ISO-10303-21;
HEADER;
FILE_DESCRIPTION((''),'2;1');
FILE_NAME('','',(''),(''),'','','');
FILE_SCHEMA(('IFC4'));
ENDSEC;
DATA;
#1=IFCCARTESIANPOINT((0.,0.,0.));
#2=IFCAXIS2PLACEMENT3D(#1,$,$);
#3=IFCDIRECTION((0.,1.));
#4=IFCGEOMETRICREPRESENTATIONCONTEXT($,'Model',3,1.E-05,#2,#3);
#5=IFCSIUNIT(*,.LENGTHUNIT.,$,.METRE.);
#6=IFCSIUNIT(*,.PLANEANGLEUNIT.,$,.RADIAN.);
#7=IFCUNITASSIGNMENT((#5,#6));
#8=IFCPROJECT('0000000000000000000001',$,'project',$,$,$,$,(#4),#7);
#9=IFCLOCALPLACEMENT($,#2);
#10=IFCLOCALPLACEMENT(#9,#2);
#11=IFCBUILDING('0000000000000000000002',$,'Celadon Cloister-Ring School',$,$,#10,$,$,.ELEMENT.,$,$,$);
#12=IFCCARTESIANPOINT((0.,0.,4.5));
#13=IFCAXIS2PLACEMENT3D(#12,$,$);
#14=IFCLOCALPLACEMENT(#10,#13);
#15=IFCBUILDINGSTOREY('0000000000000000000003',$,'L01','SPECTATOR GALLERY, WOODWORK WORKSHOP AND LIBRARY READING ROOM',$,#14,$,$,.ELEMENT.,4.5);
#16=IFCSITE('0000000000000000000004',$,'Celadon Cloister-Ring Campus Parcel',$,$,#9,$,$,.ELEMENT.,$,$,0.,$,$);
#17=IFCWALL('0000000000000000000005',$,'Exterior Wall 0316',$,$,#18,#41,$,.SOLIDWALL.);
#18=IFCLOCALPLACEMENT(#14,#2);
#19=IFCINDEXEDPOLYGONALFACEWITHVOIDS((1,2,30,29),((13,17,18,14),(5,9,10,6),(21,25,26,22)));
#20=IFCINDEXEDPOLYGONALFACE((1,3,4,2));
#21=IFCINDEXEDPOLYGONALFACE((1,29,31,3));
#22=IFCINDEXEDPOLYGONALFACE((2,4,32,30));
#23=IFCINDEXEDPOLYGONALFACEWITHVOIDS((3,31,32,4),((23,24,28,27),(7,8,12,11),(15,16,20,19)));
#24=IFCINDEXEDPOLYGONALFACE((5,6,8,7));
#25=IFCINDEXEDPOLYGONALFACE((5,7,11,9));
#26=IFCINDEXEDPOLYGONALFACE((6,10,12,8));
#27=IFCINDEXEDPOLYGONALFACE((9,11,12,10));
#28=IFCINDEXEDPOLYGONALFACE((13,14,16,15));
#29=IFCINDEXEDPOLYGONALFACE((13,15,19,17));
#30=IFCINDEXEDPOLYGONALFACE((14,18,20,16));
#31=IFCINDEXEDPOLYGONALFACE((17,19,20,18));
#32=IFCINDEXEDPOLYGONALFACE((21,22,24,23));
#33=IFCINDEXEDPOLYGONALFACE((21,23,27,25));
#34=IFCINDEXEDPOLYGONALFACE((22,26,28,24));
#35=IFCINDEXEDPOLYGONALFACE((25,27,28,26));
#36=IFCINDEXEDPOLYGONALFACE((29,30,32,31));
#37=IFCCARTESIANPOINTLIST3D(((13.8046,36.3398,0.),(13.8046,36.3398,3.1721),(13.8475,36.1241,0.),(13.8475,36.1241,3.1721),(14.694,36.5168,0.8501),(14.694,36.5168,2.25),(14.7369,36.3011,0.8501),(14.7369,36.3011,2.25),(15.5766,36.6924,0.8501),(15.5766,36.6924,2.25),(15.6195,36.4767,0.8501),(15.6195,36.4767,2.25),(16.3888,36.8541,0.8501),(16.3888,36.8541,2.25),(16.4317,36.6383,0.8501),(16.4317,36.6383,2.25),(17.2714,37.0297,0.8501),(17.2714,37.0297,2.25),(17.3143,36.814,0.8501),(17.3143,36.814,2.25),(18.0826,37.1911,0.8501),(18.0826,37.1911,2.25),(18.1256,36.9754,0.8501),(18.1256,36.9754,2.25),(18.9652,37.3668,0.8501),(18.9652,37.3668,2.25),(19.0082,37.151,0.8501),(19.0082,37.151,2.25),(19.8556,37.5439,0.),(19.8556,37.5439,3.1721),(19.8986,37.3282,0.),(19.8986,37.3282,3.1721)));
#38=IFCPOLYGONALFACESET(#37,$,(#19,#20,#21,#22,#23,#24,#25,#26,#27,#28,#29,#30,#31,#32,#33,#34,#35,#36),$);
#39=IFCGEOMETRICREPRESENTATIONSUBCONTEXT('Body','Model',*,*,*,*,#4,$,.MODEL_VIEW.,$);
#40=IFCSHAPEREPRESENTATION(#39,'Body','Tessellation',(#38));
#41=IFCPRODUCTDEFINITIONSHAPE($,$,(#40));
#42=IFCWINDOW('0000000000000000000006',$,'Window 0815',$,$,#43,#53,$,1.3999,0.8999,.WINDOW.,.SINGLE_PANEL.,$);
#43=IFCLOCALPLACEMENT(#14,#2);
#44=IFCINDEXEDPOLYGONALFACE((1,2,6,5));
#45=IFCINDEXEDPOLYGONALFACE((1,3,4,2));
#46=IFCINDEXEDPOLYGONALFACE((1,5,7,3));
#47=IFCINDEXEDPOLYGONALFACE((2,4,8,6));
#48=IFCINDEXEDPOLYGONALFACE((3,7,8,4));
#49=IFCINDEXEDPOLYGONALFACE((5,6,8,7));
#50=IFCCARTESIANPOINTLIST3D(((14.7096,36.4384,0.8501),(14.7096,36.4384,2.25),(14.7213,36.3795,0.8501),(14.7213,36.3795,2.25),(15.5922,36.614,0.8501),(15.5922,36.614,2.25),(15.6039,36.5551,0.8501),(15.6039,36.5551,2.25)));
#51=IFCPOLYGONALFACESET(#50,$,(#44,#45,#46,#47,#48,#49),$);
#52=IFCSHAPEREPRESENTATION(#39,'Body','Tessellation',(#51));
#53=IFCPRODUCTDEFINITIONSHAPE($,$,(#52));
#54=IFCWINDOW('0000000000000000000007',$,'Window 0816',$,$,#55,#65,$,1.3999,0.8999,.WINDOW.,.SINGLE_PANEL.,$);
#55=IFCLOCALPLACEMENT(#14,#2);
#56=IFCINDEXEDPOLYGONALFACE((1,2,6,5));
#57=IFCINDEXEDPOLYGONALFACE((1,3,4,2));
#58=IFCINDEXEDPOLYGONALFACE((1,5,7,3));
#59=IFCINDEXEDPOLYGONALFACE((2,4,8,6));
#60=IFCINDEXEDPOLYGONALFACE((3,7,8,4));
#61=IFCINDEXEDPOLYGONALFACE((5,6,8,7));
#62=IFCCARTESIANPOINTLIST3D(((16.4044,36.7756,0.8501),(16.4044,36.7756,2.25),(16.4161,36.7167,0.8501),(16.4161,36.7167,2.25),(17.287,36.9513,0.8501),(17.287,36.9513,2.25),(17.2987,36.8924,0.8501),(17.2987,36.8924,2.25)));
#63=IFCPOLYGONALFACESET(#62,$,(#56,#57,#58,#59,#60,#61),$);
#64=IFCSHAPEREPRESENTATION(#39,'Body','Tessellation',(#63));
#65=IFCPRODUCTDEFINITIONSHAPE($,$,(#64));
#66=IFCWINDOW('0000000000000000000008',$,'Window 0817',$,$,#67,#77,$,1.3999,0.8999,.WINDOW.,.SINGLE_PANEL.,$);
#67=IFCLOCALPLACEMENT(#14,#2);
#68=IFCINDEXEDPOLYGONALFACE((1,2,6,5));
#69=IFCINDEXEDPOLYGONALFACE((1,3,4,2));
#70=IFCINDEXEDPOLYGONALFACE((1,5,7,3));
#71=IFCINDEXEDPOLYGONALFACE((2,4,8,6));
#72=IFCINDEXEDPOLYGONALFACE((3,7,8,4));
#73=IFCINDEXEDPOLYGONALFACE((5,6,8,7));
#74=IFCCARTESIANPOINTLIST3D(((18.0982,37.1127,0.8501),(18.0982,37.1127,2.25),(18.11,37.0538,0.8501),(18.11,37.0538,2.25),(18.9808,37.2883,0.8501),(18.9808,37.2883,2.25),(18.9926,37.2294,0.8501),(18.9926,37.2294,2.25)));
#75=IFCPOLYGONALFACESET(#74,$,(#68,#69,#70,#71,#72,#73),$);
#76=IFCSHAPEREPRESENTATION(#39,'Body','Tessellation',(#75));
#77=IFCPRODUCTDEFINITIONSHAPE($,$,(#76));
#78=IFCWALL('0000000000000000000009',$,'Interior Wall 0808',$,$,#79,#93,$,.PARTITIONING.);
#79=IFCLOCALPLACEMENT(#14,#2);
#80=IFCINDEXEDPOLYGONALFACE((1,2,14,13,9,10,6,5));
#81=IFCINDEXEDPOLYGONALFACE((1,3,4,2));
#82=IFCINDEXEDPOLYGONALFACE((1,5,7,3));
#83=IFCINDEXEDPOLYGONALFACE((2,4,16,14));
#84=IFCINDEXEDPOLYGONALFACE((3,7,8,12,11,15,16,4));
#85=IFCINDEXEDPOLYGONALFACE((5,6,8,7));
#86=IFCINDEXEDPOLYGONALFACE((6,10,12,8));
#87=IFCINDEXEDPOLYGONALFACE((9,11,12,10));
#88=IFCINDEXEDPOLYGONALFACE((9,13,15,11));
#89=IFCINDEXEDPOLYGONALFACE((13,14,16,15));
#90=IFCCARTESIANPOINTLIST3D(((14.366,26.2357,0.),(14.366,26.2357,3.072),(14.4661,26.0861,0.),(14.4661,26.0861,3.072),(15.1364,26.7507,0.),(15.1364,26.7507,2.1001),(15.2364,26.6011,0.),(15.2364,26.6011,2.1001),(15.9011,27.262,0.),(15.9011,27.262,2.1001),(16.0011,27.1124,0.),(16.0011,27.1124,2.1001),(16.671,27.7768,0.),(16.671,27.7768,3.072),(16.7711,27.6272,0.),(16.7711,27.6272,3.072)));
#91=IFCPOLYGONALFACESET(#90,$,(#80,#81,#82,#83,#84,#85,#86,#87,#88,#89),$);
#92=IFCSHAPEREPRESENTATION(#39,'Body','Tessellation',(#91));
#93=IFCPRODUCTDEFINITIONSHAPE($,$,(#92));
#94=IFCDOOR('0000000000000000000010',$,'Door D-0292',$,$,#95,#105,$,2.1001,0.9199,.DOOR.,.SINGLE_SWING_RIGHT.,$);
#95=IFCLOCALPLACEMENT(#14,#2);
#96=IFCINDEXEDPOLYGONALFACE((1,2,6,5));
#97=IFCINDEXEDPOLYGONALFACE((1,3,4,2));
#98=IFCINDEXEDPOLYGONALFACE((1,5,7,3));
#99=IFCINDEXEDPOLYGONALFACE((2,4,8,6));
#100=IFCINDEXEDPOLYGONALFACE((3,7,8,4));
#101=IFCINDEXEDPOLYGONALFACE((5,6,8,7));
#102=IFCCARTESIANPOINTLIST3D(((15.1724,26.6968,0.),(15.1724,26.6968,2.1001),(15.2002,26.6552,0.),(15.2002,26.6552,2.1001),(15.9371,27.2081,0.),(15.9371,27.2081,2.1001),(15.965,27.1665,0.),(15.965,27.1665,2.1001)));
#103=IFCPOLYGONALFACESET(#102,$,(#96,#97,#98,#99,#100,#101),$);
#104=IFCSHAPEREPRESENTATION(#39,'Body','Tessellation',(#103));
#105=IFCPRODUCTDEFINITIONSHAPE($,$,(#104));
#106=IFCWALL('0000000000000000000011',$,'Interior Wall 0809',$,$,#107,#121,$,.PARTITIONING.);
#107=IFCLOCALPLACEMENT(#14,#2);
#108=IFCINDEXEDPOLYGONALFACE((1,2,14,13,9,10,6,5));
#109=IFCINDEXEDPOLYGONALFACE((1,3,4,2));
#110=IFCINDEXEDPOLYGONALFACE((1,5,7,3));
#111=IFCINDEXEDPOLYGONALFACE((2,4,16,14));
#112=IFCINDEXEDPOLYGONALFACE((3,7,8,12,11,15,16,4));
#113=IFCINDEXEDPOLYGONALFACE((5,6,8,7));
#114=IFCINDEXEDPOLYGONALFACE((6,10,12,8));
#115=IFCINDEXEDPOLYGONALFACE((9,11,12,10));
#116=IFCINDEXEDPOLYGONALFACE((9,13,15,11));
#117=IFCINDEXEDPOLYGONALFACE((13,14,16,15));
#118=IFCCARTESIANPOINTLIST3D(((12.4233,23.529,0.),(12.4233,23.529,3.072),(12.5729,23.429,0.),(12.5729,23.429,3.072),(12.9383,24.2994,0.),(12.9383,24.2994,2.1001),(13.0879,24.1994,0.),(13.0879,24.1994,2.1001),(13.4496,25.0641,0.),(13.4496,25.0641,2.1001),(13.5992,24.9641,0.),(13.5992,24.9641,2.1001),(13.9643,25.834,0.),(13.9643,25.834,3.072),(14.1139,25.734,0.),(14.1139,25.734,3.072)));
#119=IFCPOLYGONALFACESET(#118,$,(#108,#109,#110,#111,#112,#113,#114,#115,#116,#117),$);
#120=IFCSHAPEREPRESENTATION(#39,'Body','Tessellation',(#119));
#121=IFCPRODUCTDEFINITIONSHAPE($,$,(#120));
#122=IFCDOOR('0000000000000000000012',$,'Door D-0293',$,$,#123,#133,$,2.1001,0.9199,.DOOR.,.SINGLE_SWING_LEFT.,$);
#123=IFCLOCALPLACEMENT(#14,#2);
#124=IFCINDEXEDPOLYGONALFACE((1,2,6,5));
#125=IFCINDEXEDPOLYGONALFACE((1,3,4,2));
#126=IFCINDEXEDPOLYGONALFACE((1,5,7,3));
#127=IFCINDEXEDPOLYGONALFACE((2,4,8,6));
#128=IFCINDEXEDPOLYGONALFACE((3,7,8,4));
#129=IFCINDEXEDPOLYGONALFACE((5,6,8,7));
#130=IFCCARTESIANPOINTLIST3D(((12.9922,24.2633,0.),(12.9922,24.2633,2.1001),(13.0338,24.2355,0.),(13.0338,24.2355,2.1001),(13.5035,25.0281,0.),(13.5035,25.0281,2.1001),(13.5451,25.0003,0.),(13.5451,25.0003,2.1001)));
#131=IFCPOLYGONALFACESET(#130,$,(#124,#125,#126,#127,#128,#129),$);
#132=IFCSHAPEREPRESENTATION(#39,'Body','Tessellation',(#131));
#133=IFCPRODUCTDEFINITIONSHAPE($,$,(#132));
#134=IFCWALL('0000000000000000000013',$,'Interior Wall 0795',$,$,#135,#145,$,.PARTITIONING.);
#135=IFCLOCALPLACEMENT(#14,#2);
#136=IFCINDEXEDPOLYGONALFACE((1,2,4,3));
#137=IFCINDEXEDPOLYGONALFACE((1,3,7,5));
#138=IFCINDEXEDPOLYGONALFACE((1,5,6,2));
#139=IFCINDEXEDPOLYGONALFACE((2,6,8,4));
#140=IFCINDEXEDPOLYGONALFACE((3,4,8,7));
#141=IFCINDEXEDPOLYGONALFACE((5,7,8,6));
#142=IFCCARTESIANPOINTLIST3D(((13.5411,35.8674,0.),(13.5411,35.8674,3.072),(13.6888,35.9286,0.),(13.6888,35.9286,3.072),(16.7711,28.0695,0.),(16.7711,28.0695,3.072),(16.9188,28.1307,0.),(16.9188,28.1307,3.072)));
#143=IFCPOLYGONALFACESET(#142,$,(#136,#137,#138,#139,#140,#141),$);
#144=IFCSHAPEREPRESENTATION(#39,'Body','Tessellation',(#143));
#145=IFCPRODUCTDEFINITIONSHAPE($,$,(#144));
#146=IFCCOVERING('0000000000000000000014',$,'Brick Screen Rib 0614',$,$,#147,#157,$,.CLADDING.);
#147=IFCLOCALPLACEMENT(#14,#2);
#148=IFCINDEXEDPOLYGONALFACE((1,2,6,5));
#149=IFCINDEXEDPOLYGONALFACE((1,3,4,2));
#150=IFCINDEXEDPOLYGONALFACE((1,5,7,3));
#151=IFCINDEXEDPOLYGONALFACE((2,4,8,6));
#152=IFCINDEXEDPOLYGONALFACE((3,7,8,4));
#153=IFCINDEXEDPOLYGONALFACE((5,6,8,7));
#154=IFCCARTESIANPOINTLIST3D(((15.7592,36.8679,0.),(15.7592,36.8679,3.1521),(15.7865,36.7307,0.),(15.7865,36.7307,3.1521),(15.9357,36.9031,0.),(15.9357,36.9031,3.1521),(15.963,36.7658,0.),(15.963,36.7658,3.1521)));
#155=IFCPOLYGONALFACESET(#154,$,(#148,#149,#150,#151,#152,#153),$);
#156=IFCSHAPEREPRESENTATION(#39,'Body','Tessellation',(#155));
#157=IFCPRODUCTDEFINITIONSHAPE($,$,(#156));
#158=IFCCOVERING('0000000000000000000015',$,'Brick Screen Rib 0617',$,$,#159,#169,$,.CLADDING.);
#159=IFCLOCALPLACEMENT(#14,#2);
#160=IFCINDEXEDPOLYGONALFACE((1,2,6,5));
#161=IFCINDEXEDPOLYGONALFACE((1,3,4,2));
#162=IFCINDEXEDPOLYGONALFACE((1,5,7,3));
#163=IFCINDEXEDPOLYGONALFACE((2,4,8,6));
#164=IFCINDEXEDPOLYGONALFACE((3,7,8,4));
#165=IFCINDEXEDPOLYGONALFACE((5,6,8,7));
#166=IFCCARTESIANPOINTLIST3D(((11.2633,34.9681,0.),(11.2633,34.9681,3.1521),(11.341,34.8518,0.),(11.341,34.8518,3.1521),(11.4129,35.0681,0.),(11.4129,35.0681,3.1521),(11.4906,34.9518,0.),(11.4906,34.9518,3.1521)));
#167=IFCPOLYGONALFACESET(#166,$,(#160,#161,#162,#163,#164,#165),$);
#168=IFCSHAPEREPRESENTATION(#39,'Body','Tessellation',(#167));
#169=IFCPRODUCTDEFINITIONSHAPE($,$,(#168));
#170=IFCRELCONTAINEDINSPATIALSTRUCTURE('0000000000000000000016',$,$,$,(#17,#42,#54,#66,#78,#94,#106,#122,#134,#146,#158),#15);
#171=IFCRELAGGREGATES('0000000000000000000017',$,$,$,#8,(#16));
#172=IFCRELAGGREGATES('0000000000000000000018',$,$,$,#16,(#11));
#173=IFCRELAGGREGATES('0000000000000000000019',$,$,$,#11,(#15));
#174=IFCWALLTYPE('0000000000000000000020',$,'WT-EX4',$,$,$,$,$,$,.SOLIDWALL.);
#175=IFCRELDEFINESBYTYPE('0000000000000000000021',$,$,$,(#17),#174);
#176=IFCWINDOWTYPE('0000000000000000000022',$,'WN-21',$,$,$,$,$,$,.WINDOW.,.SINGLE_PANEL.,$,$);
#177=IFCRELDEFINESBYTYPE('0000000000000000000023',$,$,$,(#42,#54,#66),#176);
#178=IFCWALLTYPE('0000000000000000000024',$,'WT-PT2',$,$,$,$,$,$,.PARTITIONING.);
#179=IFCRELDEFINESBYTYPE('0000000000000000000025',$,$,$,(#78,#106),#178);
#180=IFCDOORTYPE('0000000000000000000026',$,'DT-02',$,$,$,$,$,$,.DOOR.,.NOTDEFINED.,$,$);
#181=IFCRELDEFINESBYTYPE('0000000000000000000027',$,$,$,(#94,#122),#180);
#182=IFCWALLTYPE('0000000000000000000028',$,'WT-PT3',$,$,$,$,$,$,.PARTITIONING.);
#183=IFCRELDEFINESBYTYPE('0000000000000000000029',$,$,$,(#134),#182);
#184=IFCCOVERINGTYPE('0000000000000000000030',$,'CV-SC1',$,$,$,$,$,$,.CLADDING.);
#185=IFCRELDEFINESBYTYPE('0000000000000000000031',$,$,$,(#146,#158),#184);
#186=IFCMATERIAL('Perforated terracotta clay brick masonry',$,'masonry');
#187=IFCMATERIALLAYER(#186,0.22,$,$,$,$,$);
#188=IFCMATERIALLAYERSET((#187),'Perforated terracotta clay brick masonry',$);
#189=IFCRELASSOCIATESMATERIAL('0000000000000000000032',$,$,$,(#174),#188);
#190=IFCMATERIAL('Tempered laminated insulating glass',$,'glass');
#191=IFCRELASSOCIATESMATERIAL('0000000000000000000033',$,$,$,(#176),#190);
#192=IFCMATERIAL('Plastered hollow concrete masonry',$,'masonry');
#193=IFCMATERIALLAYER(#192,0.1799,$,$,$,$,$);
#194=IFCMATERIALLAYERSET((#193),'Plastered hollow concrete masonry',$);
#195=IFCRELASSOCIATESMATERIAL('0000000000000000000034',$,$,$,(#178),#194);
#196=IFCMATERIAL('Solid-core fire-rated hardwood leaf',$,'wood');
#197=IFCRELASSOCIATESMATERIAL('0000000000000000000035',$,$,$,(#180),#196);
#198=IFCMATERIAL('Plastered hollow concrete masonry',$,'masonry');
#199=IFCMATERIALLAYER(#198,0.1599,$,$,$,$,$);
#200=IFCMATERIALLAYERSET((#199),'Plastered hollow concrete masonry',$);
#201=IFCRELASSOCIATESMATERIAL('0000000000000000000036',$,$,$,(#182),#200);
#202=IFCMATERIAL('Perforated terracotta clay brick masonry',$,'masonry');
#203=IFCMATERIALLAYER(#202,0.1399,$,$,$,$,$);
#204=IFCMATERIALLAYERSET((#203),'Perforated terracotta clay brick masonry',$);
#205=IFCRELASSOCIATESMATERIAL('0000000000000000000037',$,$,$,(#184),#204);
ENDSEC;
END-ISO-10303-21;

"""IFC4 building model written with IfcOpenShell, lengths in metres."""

from ifc_helpers import new_model, si_unit, direction, frame, frame_2d, origin, origin_2d, place, context, subcontext, project, spatial, rectangle, extrude, material, layer, layer_set, type_object, element, fill, save


model = new_model("IFC4")

# Units and contexts
model_context = context("Model", 3, precision=1e-05, world=origin(), true_north=direction((0.0, 1.0)))
body_context = subcontext(model_context, "Body", "Model", "MODEL_VIEW")
ifc_project = project(units=[si_unit("LENGTHUNIT", "METRE"), si_unit("PLANEANGLEUNIT", "RADIAN")], contexts=[model_context])

# Site, building, storey
site_placement = place(None, origin())
site = spatial("IfcSite", under=ifc_project, at=site_placement, Name="Celadon Cloister-Ring Campus Parcel", CompositionType="ELEMENT", RefElevation=0.0)
building_placement = place(site_placement, origin())
building = spatial("IfcBuilding", under=site, at=building_placement, Name="Celadon Cloister-Ring School", CompositionType="ELEMENT")
storey_placement = place(building_placement, frame((0.0, 0.0, 4.5)))
storey = spatial("IfcBuildingStorey", under=building, at=storey_placement, Name="L01", Description="SPECTATOR GALLERY, WOODWORK WORKSHOP AND LIBRARY READING ROOM", CompositionType="ELEMENT", Elevation=4.5)

# Wall, openings, windows
ifc_material_1 = material(Name="Perforated terracotta clay brick masonry", Category="masonry")
ifc_layer_1 = layer(ifc_material_1, 0.22)
ifc_layer_set_1 = layer_set([ifc_layer_1], Name="Perforated terracotta clay brick masonry")
wall_type_1 = type_object("IfcWallType", Name="WT-EX4", PredefinedType="SOLIDWALL", material=ifc_layer_set_1)
wall_1_placement = place(storey_placement, frame((13.8259, 36.2319, 0.0), z_axis=(0.0, 0.0, 1.0), x_axis=(0.98077, 0.195165, 0.0)))
wall_1 = element("IfcWall", 1, at=wall_1_placement, inside=storey, type_object=wall_type_1, Name="Exterior Wall 0316", PredefinedType="SOLIDWALL", context=body_context, shape_type="SweptSolid", body=[
    extrude(rectangle(XDim=6.1697, YDim=0.22, at=frame_2d((3.085, 0.0))), origin(), (0.0, 0.0, 1.0), 3.1721),
])
opening_1_placement = place(wall_1_placement, frame((0.907, 0.0, 0.8501)))
opening_1 = element("IfcOpeningElement", 2, at=opening_1_placement, cuts=wall_1, PredefinedType="OPENING", context=body_context, shape_type="SweptSolid", body=[
    extrude(rectangle(XDim=0.8999, YDim=1.3999, at=frame_2d((0.45, 0.7))), frame((0.0, 0.1201, 0.0), z_axis=(0.0, -1.0, 0.0), x_axis=(1.0, 0.0, 0.0)), (0.0, 0.0, 1.0), 0.24),
])
opening_2_placement = place(wall_1_placement, frame((2.635, 0.0, 0.8501)))
opening_2 = element("IfcOpeningElement", 3, at=opening_2_placement, cuts=wall_1, PredefinedType="OPENING", context=body_context, shape_type="SweptSolid", body=[
    extrude(rectangle(XDim=0.8999, YDim=1.3999, at=frame_2d((0.45, 0.7))), frame((0.0, 0.1201, 0.0), z_axis=(0.0, -1.0, 0.0), x_axis=(1.0, 0.0, 0.0)), (0.0, 0.0, 1.0), 0.24),
])
opening_3_placement = place(wall_1_placement, frame((4.3621, 0.0, 0.8501)))
opening_3 = element("IfcOpeningElement", 4, at=opening_3_placement, cuts=wall_1, PredefinedType="OPENING", context=body_context, shape_type="SweptSolid", body=[
    extrude(rectangle(XDim=0.8999, YDim=1.3999, at=frame_2d((0.45, 0.7))), frame((0.0, 0.1201, 0.0), z_axis=(0.0, -1.0, 0.0), x_axis=(1.0, 0.0, 0.0)), (0.0, 0.0, 1.0), 0.24),
])
ifc_material_2 = material(Name="Tempered laminated insulating glass", Category="glass")
window_type = type_object("IfcWindowType", Name="WN-21", PartitioningType="SINGLE_PANEL", PredefinedType="WINDOW", material=ifc_material_2)
window_1_placement = place(opening_1_placement, origin())
window_1 = element("IfcWindow", 5, at=window_1_placement, inside=storey, type_object=window_type, Name="Window 0815", OverallHeight=1.3999, OverallWidth=0.8999, PartitioningType="SINGLE_PANEL", PredefinedType="WINDOW", context=body_context, shape_type="SweptSolid", body=[
    extrude(rectangle(XDim=0.8999, YDim=1.3999, at=frame_2d((0.45, 0.7))), frame((0.0, 0.03, 0.0), z_axis=(0.0, -1.0, 0.0), x_axis=(1.0, 0.0, 0.0)), (0.0, 0.0, 1.0), 0.0601),
])
fill(opening_1, window_1)
window_2_placement = place(opening_2_placement, origin())
window_2 = element("IfcWindow", 6, at=window_2_placement, inside=storey, type_object=window_type, Name="Window 0816", OverallHeight=1.3999, OverallWidth=0.8999, PartitioningType="SINGLE_PANEL", PredefinedType="WINDOW", context=body_context, shape_type="SweptSolid", body=[
    extrude(rectangle(XDim=0.8999, YDim=1.3999, at=frame_2d((0.45, 0.7))), frame((0.0, 0.03, 0.0), z_axis=(0.0, -1.0, 0.0), x_axis=(1.0, 0.0, 0.0)), (0.0, 0.0, 1.0), 0.0601),
])
fill(opening_2, window_2)
window_3_placement = place(opening_3_placement, origin())
window_3 = element("IfcWindow", 7, at=window_3_placement, inside=storey, type_object=window_type, Name="Window 0817", OverallHeight=1.3999, OverallWidth=0.8999, PartitioningType="SINGLE_PANEL", PredefinedType="WINDOW", context=body_context, shape_type="SweptSolid", body=[
    extrude(rectangle(XDim=0.8999, YDim=1.3999, at=frame_2d((0.45, 0.7))), frame((0.0, 0.03, 0.0), z_axis=(0.0, -1.0, 0.0), x_axis=(1.0, 0.0, 0.0)), (0.0, 0.0, 1.0), 0.0601),
])
fill(opening_3, window_3)

# Walls, openings, doors
ifc_material_3 = material(Name="Plastered hollow concrete masonry", Category="masonry")
ifc_layer_2 = layer(ifc_material_3, 0.1799)
ifc_layer_set_2 = layer_set([ifc_layer_2], Name="Plastered hollow concrete masonry")
wall_type_2 = type_object("IfcWallType", Name="WT-PT2", PredefinedType="PARTITIONING", material=ifc_layer_set_2)
wall_2_placement = place(storey_placement, frame((16.7209, 27.7019, 0.0), z_axis=(0.0, 0.0, 1.0), x_axis=(-0.831318, -0.555797, 0.0)))
wall_2 = element("IfcWall", 8, at=wall_2_placement, inside=storey, type_object=wall_type_2, Name="Interior Wall 0808", PredefinedType="PARTITIONING", context=body_context, shape_type="SweptSolid", body=[
    extrude(rectangle(XDim=2.7727, YDim=0.1799, at=frame_2d((1.3862, 0.0))), origin(), (0.0, 0.0, 1.0), 3.072),
])
opening_4_placement = place(wall_2_placement, frame((0.926, 0.0, 0.0)))
opening_4 = element("IfcOpeningElement", 9, at=opening_4_placement, cuts=wall_2, PredefinedType="OPENING", context=body_context, shape_type="SweptSolid", body=[
    extrude(rectangle(XDim=0.9199, YDim=2.1001, at=frame_2d((0.46, 1.05))), frame((0.0, 0.1001, 0.0), z_axis=(0.0, -1.0, 0.0), x_axis=(1.0, 0.0, 0.0)), (0.0, 0.0, 1.0), 0.2),
])
ifc_material_4 = material(Name="Solid-core fire-rated hardwood leaf", Category="wood")
door_type = type_object("IfcDoorType", Name="DT-02", OperationType="NOTDEFINED", PredefinedType="DOOR", material=ifc_material_4)
door_1_placement = place(opening_4_placement, origin())
door_1 = element("IfcDoor", 10, at=door_1_placement, inside=storey, type_object=door_type, Name="Door D-0292", OperationType="SINGLE_SWING_RIGHT", OverallHeight=2.1001, OverallWidth=0.9199, PredefinedType="DOOR", context=body_context, shape_type="SweptSolid", body=[
    extrude(rectangle(XDim=0.9199, YDim=2.1001, at=frame_2d((0.46, 1.05))), frame((0.0, 0.0249, 0.0), z_axis=(0.0, -1.0, 0.0), x_axis=(1.0, 0.0, 0.0)), (0.0, 0.0, 1.0), 0.05),
])
fill(opening_4, door_1)
wall_3_placement = place(storey_placement, frame((14.0391, 25.7839, 0.0), z_axis=(0.0, 0.0, 1.0), x_axis=(-0.555797, -0.831318, 0.0)))
wall_3 = element("IfcWall", 11, at=wall_3_placement, inside=storey, type_object=wall_type_2, Name="Interior Wall 0809", PredefinedType="PARTITIONING", context=body_context, shape_type="SweptSolid", body=[
    extrude(rectangle(XDim=2.7727, YDim=0.1799, at=frame_2d((1.3862, 0.0))), origin(), (0.0, 0.0, 1.0), 3.072),
])
opening_5_placement = place(wall_3_placement, frame((0.926, 0.0, 0.0)))
opening_5 = element("IfcOpeningElement", 12, at=opening_5_placement, cuts=wall_3, PredefinedType="OPENING", context=body_context, shape_type="SweptSolid", body=[
    extrude(rectangle(XDim=0.9199, YDim=2.1001, at=frame_2d((0.46, 1.05))), frame((0.0, 0.1001, 0.0), z_axis=(0.0, -1.0, 0.0), x_axis=(1.0, 0.0, 0.0)), (0.0, 0.0, 1.0), 0.2),
])
door_2_placement = place(opening_5_placement, origin())
door_2 = element("IfcDoor", 13, at=door_2_placement, inside=storey, type_object=door_type, Name="Door D-0293", OperationType="SINGLE_SWING_LEFT", OverallHeight=2.1001, OverallWidth=0.9199, PredefinedType="DOOR", context=body_context, shape_type="SweptSolid", body=[
    extrude(rectangle(XDim=0.9199, YDim=2.1001, at=frame_2d((0.46, 1.05))), frame((0.0, 0.0249, 0.0), z_axis=(0.0, -1.0, 0.0), x_axis=(1.0, 0.0, 0.0)), (0.0, 0.0, 1.0), 0.05),
])
fill(opening_5, door_2)

# Wall
ifc_material_5 = material(Name="Plastered hollow concrete masonry", Category="masonry")
ifc_layer_3 = layer(ifc_material_5, 0.1599)
ifc_layer_set_3 = layer_set([ifc_layer_3], Name="Plastered hollow concrete masonry")
wall_type_3 = type_object("IfcWallType", Name="WT-PT3", PredefinedType="PARTITIONING", material=ifc_layer_set_3)
wall_4_placement = place(storey_placement, frame((16.845, 28.1001, 0.0), z_axis=(0.0, 0.0, 1.0), x_axis=(-0.382684, 0.923879, 0.0)))
element("IfcWall", 14, at=wall_4_placement, inside=storey, type_object=wall_type_3, Name="Interior Wall 0795", PredefinedType="PARTITIONING", context=body_context, shape_type="SweptSolid", body=[
    extrude(rectangle(XDim=8.4404, YDim=0.1599, at=frame_2d((4.2202, 0.0))), origin(), (0.0, 0.0, 1.0), 3.072),
])

# Coverings
ifc_material_6 = material(Name="Perforated terracotta clay brick masonry", Category="masonry")
ifc_layer_4 = layer(ifc_material_6, 0.1399)
ifc_layer_set_4 = layer_set([ifc_layer_4], Name="Perforated terracotta clay brick masonry")
covering_type = type_object("IfcCoveringType", Name="CV-SC1", PredefinedType="CLADDING", material=ifc_layer_set_4)
for number, where, z_axis, x_axis, name in (
    (15, (15.8611, 36.8169, 0.0), (0.0, 0.0, 1.0), (0.980775, 0.195142, 0.0), "Brick Screen Rib 0614"),
    (16, (11.377, 34.96, 0.0), (0.0, 0.0, 1.0), (0.831402, 0.555672, 0.0), "Brick Screen Rib 0617"),
):
    element("IfcCovering", number, at=place(storey_placement, frame(where, z_axis=z_axis, x_axis=x_axis)), inside=storey, type_object=covering_type, Name=name, PredefinedType="CLADDING", context=body_context, shape_type="SweptSolid", body=[
        extrude(rectangle(XDim=0.1799, YDim=0.1399, at=origin_2d()), origin(), (0.0, 0.0, 1.0), 3.1521),
    ])

save(model, "model.ifc")
